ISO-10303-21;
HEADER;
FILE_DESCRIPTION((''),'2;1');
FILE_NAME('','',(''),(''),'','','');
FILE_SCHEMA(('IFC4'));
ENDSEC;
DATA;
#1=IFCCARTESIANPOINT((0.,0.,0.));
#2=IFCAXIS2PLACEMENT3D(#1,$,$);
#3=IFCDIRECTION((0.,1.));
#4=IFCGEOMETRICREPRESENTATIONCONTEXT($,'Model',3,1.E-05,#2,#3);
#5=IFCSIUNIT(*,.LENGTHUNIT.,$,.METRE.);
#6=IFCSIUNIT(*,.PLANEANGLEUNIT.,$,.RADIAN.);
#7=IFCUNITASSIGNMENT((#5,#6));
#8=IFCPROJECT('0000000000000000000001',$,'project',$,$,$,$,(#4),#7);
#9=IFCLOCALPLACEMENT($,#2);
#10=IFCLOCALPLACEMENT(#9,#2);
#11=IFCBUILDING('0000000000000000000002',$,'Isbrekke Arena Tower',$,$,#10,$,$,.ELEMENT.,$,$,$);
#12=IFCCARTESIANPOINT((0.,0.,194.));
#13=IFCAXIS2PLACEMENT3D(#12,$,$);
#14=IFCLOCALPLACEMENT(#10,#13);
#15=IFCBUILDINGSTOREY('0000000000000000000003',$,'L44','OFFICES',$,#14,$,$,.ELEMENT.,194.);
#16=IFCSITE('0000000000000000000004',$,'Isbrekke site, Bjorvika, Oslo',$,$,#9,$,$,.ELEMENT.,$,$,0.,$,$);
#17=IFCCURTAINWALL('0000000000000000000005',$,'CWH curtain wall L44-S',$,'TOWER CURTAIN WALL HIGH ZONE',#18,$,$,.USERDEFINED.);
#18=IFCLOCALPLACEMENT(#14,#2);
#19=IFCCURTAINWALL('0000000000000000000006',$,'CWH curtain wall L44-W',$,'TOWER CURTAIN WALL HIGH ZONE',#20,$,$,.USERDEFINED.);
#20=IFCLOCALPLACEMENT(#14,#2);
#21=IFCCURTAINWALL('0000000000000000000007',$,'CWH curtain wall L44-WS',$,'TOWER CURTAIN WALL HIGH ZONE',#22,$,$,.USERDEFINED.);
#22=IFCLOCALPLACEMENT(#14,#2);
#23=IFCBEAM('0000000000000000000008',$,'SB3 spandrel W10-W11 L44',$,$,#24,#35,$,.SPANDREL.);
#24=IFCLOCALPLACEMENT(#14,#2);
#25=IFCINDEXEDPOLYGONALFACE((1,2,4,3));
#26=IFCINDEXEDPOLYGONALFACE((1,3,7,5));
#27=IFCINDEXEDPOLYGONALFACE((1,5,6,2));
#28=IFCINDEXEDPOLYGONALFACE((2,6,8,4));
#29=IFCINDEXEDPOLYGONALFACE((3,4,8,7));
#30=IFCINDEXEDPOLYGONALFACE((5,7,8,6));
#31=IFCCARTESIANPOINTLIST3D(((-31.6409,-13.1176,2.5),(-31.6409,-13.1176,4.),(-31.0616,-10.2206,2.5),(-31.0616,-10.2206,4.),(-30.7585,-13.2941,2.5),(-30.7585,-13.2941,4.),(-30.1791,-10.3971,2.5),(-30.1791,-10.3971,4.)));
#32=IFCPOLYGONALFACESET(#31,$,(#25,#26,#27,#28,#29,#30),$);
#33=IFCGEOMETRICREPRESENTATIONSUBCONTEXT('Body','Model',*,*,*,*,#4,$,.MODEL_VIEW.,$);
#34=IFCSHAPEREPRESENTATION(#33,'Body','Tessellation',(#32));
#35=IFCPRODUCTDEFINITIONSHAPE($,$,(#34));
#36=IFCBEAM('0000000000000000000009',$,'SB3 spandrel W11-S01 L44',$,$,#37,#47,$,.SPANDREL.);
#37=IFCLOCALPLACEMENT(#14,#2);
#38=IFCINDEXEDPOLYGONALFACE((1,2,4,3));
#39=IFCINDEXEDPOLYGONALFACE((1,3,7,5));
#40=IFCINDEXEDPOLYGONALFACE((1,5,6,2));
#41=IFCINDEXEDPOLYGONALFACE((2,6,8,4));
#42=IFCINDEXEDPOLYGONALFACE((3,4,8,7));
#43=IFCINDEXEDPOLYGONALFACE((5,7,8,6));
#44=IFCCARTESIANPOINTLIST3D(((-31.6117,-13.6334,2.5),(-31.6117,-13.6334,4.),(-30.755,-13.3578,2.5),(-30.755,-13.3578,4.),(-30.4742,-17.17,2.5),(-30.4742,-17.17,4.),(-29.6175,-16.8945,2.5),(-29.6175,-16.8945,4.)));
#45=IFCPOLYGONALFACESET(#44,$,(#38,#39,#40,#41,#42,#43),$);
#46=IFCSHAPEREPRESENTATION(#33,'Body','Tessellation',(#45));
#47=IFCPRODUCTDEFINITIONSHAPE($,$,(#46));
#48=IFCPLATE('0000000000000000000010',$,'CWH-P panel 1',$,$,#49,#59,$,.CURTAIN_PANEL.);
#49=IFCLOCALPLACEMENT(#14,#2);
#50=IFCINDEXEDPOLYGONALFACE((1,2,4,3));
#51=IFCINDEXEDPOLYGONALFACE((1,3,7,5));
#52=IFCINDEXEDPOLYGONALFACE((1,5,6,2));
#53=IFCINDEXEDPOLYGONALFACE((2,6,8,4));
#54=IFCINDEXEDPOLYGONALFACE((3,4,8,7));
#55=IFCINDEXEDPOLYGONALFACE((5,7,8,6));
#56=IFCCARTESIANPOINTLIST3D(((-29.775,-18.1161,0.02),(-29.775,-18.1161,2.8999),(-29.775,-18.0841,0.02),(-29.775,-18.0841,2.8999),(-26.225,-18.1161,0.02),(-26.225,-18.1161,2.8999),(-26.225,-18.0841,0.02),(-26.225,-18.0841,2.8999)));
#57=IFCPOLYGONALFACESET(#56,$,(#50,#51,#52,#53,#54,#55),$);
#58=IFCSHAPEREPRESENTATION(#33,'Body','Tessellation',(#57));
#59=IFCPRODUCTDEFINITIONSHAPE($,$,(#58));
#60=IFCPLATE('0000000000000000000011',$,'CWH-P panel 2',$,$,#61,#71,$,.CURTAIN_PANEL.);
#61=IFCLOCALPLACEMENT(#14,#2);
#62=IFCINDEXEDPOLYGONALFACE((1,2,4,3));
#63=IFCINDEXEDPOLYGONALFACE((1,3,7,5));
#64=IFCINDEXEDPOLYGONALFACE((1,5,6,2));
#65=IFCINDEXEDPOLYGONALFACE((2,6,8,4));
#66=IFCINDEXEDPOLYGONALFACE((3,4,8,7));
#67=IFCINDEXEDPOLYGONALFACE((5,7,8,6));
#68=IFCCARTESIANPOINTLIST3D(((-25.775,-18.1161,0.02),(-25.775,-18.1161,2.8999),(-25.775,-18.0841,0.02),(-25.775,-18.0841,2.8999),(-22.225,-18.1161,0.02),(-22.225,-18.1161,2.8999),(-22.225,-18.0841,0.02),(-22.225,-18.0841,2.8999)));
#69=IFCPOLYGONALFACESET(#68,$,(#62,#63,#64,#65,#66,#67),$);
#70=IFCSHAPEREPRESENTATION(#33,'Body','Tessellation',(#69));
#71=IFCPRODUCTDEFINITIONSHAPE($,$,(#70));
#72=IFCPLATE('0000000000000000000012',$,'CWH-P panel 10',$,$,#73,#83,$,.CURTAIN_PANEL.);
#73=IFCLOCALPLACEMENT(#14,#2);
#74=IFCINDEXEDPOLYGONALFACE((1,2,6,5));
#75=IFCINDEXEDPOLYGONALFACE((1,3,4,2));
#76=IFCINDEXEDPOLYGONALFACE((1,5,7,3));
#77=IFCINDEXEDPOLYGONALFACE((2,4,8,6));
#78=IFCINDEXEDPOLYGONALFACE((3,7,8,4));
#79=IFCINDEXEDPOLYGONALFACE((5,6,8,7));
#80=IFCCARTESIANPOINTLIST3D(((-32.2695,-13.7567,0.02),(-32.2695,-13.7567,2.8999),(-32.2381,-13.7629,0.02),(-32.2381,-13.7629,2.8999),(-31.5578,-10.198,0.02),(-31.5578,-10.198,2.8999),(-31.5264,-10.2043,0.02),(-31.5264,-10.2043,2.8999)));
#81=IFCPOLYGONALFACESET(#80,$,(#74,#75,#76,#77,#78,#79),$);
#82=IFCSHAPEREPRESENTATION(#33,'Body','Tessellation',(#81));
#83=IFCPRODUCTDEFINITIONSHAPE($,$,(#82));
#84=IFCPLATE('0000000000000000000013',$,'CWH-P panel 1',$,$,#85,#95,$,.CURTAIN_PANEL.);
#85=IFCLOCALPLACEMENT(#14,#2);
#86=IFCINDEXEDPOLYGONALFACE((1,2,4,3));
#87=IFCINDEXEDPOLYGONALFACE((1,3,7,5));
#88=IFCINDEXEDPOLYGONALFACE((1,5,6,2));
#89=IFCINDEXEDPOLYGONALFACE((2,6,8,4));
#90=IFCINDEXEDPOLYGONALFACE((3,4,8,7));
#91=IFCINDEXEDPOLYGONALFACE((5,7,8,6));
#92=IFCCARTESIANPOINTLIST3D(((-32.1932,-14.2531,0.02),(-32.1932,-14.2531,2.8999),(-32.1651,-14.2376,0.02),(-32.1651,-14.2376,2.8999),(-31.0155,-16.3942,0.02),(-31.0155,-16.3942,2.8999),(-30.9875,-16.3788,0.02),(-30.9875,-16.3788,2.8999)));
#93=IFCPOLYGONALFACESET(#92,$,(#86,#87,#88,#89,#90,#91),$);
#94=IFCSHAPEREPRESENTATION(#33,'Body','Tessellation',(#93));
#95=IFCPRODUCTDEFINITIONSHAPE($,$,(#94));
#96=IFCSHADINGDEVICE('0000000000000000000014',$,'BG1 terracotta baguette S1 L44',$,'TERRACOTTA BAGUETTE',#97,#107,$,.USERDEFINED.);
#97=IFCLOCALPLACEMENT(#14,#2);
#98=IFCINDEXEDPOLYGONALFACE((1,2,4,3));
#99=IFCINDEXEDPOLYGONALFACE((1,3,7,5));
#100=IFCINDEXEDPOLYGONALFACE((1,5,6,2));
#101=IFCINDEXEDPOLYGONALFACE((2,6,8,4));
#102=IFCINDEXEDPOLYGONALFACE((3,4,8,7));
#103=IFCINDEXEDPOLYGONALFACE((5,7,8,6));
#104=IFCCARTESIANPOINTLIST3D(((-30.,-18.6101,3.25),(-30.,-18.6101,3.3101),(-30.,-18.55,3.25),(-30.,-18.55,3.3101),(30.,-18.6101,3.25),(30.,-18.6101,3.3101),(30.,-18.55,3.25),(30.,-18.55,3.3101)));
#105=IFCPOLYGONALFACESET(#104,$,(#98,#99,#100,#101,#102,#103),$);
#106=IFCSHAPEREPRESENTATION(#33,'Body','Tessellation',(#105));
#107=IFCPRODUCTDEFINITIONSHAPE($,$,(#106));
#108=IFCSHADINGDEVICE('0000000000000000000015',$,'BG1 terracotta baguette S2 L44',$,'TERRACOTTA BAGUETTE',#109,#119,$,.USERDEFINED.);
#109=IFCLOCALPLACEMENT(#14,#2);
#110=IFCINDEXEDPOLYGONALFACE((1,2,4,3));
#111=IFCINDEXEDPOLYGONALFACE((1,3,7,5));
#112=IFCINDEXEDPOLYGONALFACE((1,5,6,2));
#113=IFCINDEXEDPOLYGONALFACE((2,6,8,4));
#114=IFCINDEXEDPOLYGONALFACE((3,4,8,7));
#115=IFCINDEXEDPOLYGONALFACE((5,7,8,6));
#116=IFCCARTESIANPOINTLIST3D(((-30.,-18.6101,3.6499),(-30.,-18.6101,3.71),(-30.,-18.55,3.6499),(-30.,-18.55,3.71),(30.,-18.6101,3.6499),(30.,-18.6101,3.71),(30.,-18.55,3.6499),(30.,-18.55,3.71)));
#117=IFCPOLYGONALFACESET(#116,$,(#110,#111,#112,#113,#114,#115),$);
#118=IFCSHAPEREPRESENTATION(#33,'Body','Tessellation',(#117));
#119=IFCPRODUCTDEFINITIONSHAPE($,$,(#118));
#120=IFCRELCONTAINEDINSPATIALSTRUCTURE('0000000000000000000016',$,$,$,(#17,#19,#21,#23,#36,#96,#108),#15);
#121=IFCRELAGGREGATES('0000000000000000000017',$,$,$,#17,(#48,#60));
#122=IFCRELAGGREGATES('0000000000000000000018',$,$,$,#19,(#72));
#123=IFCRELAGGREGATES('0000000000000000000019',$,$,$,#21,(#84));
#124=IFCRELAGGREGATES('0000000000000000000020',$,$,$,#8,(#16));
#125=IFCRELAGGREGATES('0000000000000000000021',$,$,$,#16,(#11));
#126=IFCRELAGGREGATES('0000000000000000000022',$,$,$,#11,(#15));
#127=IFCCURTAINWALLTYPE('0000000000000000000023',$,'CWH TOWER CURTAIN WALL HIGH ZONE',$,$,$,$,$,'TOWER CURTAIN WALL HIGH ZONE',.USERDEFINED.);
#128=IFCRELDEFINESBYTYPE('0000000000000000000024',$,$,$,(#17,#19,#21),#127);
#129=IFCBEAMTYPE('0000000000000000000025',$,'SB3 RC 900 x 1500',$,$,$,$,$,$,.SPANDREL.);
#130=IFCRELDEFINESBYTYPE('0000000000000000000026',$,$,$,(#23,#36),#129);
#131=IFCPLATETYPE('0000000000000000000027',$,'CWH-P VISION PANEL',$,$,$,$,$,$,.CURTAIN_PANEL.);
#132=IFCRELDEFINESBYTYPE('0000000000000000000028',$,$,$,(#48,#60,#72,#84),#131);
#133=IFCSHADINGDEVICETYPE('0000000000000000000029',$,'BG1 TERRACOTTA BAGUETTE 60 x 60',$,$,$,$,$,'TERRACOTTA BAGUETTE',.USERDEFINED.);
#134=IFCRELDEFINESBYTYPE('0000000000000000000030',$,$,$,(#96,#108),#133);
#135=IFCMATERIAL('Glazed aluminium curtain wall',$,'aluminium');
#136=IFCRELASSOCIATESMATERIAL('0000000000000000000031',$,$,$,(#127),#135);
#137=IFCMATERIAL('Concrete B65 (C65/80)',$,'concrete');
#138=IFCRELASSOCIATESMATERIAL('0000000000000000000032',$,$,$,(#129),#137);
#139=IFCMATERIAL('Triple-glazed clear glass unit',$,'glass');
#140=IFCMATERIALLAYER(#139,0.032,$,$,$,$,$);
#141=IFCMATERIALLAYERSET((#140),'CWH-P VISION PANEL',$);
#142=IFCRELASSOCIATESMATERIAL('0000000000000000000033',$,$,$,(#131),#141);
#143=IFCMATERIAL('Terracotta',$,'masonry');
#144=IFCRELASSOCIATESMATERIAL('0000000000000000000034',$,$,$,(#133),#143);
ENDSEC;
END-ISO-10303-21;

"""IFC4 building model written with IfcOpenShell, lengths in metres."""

from ifc_helpers import new_model, si_unit, direction, frame, origin, origin_2d, place, context, subcontext, project, spatial, rectangle, extrude, material, layer, layer_set, material_profile, profile_set, type_object, element, aggregate, save


model = new_model("IFC4")

# Units and contexts
model_context = context("Model", 3, precision=1e-05, world=origin(), true_north=direction((0.0, 1.0)))
body_context = subcontext(model_context, "Body", "Model", "MODEL_VIEW")
ifc_project = project(units=[si_unit("LENGTHUNIT", "METRE"), si_unit("PLANEANGLEUNIT", "RADIAN")], contexts=[model_context])

# Site, building, storey
site_placement = place(None, origin())
site = spatial("IfcSite", under=ifc_project, at=site_placement, Name="Isbrekke site, Bjorvika, Oslo", CompositionType="ELEMENT", RefElevation=0.0)
building_placement = place(site_placement, origin())
building = spatial("IfcBuilding", under=site, at=building_placement, Name="Isbrekke Arena Tower", CompositionType="ELEMENT")
storey_placement = place(building_placement, frame((0.0, 0.0, 194.0)))
storey = spatial("IfcBuildingStorey", under=building, at=storey_placement, Name="L44", Description="OFFICES", CompositionType="ELEMENT", Elevation=194.0)

# Curtain wall
ifc_material_1 = material(Name="Glazed aluminium curtain wall", Category="aluminium")
curtain_wall_type = type_object("IfcCurtainWallType", Name="CWH TOWER CURTAIN WALL HIGH ZONE", ElementType="TOWER CURTAIN WALL HIGH ZONE", PredefinedType="USERDEFINED", material=ifc_material_1)
curtain_wall_1_placement = place(storey_placement, origin())
curtain_wall_1 = element("IfcCurtainWall", 1, at=curtain_wall_1_placement, inside=storey, type_object=curtain_wall_type, Name="CWH curtain wall L44-S", ObjectType="TOWER CURTAIN WALL HIGH ZONE", PredefinedType="USERDEFINED")

# Curtain walls
curtain_wall_2_placement = place(storey_placement, origin())
curtain_wall_2 = element("IfcCurtainWall", 2, at=curtain_wall_2_placement, inside=storey, type_object=curtain_wall_type, Name="CWH curtain wall L44-W", ObjectType="TOWER CURTAIN WALL HIGH ZONE", PredefinedType="USERDEFINED")
curtain_wall_3_placement = place(storey_placement, origin())
curtain_wall_3 = element("IfcCurtainWall", 3, at=curtain_wall_3_placement, inside=storey, type_object=curtain_wall_type, Name="CWH curtain wall L44-WS", ObjectType="TOWER CURTAIN WALL HIGH ZONE", PredefinedType="USERDEFINED")

# Beams
ifc_material_2 = material(Name="Concrete B65 (C65/80)", Category="concrete")
ifc_material_profile_1 = material_profile(ifc_material_2, rectangle(XDim=0.8999, YDim=1.5, at=origin_2d()), Name="RC 900x1500")
ifc_profile_set_1 = profile_set([ifc_material_profile_1], Name="Concrete B65 (C65/80)")
beam_type_1 = type_object("IfcBeamType", Name="SB3 RC 900 x 1500", PredefinedType="SPANDREL", material=ifc_profile_set_1)
beam_1_placement = place(storey_placement, frame((-30.6204, -10.3088, 3.25), z_axis=(-0.1961, -0.980584, 0.0), x_axis=(0.980584, -0.1961, 0.0)))
element("IfcBeam", 4, at=beam_1_placement, inside=storey, type_object=beam_type_1, Name="SB3 spandrel W10-W11 L44", PredefinedType="SPANDREL", context=body_context, shape_type="SweptSolid", body=[
    extrude(rectangle(XDim=0.8999, YDim=1.5, at=origin_2d()), origin(), (0.0, 0.0, 1.0), 2.9543),
])
beam_2_placement = place(storey_placement, frame((-31.1833, -13.4956, 3.25), z_axis=(0.306175, -0.951975, 0.0), x_axis=(0.951975, 0.306175, 0.0)))
element("IfcBeam", 5, at=beam_2_placement, inside=storey, type_object=beam_type_1, Name="SB3 spandrel W11-S01 L44", PredefinedType="SPANDREL", context=body_context, shape_type="SweptSolid", body=[
    extrude(rectangle(XDim=0.8999, YDim=1.5, at=origin_2d()), origin(), (0.0, 0.0, 1.0), 3.7151),
])

# Plates
ifc_material_3 = material(Name="Triple-glazed clear glass unit", Category="glass")
ifc_layer = layer(ifc_material_3, 0.032)
ifc_layer_set = layer_set([ifc_layer], Name="CWH-P VISION PANEL")
plate_type = type_object("IfcPlateType", Name="CWH-P VISION PANEL", PredefinedType="CURTAIN_PANEL", material=ifc_layer_set)
plate_1_placement = place(storey_placement, frame((-28.0, -18.1001, 0.02), z_axis=(0.0, 0.0, 1.0), x_axis=(1.0, 0.0, 0.0)))
plate_1 = element("IfcPlate", 6, at=plate_1_placement, type_object=plate_type, Name="CWH-P panel 1", PredefinedType="CURTAIN_PANEL", context=body_context, shape_type="SweptSolid", body=[
    extrude(rectangle(XDim=3.55, YDim=0.032, at=origin_2d()), origin(), (0.0, 0.0, 1.0), 2.8799),
])
plate_2_placement = place(storey_placement, frame((-24.0, -18.1001, 0.02), z_axis=(0.0, 0.0, 1.0), x_axis=(1.0, 0.0, 0.0)))
plate_2 = element("IfcPlate", 7, at=plate_2_placement, type_object=plate_type, Name="CWH-P panel 2", PredefinedType="CURTAIN_PANEL", context=body_context, shape_type="SweptSolid", body=[
    extrude(rectangle(XDim=3.55, YDim=0.032, at=origin_2d()), origin(), (0.0, 0.0, 1.0), 2.8799),
])
aggregate(curtain_wall_1, [plate_1, plate_2])
plate_3_placement = place(storey_placement, frame((-31.8979, -11.9805, 0.02), z_axis=(0.0, 0.0, 1.0), x_axis=(-0.196116, -0.980581, 0.0)))
plate_3 = element("IfcPlate", 8, at=plate_3_placement, type_object=plate_type, Name="CWH-P panel 10", PredefinedType="CURTAIN_PANEL", context=body_context, shape_type="SweptSolid", body=[
    extrude(rectangle(XDim=3.6292, YDim=0.032, at=origin_2d()), origin(), (0.0, 0.0, 1.0), 2.8799),
])
aggregate(curtain_wall_2, [plate_3])
plate_4_placement = place(storey_placement, frame((-31.5903, -15.3159, 0.02), z_axis=(0.0, 0.0, 1.0), x_axis=(0.481919, -0.876216, 0.0)))
plate_4 = element("IfcPlate", 9, at=plate_4_placement, type_object=plate_type, Name="CWH-P panel 1", PredefinedType="CURTAIN_PANEL", context=body_context, shape_type="SweptSolid", body=[
    extrude(rectangle(XDim=2.4436, YDim=0.032, at=origin_2d()), origin(), (0.0, 0.0, 1.0), 2.8799),
])
aggregate(curtain_wall_3, [plate_4])

# Shading devices
ifc_material_4 = material(Name="Terracotta", Category="masonry")
ifc_material_profile_2 = material_profile(ifc_material_4, rectangle(XDim=0.0601, YDim=0.0601, at=origin_2d()), Name="BAGUETTE 60X60")
ifc_profile_set_2 = profile_set([ifc_material_profile_2], Name="Terracotta")
shading_device_type = type_object("IfcShadingDeviceType", Name="BG1 TERRACOTTA BAGUETTE 60 x 60", ElementType="TERRACOTTA BAGUETTE", PredefinedType="USERDEFINED", material=ifc_profile_set_2)
for number, where, z_axis, x_axis, name in (
    (10, (-30.0, -18.5801, 3.28), (1.0, 0.0, 0.0), (0.0, 1.0, 0.0), "BG1 terracotta baguette S1 L44"),
    (11, (-30.0, -18.5801, 3.6799), (1.0, 0.0, 0.0), (0.0, 1.0, 0.0), "BG1 terracotta baguette S2 L44"),
):
    element("IfcShadingDevice", number, at=place(storey_placement, frame(where, z_axis=z_axis, x_axis=x_axis)), inside=storey, type_object=shading_device_type, Name=name, ObjectType="TERRACOTTA BAGUETTE", PredefinedType="USERDEFINED", context=body_context, shape_type="SweptSolid", body=[
        extrude(rectangle(XDim=0.0601, YDim=0.0601, at=origin_2d()), origin(), (0.0, 0.0, 1.0), 60.0),
    ])

save(model, "model.ifc")
